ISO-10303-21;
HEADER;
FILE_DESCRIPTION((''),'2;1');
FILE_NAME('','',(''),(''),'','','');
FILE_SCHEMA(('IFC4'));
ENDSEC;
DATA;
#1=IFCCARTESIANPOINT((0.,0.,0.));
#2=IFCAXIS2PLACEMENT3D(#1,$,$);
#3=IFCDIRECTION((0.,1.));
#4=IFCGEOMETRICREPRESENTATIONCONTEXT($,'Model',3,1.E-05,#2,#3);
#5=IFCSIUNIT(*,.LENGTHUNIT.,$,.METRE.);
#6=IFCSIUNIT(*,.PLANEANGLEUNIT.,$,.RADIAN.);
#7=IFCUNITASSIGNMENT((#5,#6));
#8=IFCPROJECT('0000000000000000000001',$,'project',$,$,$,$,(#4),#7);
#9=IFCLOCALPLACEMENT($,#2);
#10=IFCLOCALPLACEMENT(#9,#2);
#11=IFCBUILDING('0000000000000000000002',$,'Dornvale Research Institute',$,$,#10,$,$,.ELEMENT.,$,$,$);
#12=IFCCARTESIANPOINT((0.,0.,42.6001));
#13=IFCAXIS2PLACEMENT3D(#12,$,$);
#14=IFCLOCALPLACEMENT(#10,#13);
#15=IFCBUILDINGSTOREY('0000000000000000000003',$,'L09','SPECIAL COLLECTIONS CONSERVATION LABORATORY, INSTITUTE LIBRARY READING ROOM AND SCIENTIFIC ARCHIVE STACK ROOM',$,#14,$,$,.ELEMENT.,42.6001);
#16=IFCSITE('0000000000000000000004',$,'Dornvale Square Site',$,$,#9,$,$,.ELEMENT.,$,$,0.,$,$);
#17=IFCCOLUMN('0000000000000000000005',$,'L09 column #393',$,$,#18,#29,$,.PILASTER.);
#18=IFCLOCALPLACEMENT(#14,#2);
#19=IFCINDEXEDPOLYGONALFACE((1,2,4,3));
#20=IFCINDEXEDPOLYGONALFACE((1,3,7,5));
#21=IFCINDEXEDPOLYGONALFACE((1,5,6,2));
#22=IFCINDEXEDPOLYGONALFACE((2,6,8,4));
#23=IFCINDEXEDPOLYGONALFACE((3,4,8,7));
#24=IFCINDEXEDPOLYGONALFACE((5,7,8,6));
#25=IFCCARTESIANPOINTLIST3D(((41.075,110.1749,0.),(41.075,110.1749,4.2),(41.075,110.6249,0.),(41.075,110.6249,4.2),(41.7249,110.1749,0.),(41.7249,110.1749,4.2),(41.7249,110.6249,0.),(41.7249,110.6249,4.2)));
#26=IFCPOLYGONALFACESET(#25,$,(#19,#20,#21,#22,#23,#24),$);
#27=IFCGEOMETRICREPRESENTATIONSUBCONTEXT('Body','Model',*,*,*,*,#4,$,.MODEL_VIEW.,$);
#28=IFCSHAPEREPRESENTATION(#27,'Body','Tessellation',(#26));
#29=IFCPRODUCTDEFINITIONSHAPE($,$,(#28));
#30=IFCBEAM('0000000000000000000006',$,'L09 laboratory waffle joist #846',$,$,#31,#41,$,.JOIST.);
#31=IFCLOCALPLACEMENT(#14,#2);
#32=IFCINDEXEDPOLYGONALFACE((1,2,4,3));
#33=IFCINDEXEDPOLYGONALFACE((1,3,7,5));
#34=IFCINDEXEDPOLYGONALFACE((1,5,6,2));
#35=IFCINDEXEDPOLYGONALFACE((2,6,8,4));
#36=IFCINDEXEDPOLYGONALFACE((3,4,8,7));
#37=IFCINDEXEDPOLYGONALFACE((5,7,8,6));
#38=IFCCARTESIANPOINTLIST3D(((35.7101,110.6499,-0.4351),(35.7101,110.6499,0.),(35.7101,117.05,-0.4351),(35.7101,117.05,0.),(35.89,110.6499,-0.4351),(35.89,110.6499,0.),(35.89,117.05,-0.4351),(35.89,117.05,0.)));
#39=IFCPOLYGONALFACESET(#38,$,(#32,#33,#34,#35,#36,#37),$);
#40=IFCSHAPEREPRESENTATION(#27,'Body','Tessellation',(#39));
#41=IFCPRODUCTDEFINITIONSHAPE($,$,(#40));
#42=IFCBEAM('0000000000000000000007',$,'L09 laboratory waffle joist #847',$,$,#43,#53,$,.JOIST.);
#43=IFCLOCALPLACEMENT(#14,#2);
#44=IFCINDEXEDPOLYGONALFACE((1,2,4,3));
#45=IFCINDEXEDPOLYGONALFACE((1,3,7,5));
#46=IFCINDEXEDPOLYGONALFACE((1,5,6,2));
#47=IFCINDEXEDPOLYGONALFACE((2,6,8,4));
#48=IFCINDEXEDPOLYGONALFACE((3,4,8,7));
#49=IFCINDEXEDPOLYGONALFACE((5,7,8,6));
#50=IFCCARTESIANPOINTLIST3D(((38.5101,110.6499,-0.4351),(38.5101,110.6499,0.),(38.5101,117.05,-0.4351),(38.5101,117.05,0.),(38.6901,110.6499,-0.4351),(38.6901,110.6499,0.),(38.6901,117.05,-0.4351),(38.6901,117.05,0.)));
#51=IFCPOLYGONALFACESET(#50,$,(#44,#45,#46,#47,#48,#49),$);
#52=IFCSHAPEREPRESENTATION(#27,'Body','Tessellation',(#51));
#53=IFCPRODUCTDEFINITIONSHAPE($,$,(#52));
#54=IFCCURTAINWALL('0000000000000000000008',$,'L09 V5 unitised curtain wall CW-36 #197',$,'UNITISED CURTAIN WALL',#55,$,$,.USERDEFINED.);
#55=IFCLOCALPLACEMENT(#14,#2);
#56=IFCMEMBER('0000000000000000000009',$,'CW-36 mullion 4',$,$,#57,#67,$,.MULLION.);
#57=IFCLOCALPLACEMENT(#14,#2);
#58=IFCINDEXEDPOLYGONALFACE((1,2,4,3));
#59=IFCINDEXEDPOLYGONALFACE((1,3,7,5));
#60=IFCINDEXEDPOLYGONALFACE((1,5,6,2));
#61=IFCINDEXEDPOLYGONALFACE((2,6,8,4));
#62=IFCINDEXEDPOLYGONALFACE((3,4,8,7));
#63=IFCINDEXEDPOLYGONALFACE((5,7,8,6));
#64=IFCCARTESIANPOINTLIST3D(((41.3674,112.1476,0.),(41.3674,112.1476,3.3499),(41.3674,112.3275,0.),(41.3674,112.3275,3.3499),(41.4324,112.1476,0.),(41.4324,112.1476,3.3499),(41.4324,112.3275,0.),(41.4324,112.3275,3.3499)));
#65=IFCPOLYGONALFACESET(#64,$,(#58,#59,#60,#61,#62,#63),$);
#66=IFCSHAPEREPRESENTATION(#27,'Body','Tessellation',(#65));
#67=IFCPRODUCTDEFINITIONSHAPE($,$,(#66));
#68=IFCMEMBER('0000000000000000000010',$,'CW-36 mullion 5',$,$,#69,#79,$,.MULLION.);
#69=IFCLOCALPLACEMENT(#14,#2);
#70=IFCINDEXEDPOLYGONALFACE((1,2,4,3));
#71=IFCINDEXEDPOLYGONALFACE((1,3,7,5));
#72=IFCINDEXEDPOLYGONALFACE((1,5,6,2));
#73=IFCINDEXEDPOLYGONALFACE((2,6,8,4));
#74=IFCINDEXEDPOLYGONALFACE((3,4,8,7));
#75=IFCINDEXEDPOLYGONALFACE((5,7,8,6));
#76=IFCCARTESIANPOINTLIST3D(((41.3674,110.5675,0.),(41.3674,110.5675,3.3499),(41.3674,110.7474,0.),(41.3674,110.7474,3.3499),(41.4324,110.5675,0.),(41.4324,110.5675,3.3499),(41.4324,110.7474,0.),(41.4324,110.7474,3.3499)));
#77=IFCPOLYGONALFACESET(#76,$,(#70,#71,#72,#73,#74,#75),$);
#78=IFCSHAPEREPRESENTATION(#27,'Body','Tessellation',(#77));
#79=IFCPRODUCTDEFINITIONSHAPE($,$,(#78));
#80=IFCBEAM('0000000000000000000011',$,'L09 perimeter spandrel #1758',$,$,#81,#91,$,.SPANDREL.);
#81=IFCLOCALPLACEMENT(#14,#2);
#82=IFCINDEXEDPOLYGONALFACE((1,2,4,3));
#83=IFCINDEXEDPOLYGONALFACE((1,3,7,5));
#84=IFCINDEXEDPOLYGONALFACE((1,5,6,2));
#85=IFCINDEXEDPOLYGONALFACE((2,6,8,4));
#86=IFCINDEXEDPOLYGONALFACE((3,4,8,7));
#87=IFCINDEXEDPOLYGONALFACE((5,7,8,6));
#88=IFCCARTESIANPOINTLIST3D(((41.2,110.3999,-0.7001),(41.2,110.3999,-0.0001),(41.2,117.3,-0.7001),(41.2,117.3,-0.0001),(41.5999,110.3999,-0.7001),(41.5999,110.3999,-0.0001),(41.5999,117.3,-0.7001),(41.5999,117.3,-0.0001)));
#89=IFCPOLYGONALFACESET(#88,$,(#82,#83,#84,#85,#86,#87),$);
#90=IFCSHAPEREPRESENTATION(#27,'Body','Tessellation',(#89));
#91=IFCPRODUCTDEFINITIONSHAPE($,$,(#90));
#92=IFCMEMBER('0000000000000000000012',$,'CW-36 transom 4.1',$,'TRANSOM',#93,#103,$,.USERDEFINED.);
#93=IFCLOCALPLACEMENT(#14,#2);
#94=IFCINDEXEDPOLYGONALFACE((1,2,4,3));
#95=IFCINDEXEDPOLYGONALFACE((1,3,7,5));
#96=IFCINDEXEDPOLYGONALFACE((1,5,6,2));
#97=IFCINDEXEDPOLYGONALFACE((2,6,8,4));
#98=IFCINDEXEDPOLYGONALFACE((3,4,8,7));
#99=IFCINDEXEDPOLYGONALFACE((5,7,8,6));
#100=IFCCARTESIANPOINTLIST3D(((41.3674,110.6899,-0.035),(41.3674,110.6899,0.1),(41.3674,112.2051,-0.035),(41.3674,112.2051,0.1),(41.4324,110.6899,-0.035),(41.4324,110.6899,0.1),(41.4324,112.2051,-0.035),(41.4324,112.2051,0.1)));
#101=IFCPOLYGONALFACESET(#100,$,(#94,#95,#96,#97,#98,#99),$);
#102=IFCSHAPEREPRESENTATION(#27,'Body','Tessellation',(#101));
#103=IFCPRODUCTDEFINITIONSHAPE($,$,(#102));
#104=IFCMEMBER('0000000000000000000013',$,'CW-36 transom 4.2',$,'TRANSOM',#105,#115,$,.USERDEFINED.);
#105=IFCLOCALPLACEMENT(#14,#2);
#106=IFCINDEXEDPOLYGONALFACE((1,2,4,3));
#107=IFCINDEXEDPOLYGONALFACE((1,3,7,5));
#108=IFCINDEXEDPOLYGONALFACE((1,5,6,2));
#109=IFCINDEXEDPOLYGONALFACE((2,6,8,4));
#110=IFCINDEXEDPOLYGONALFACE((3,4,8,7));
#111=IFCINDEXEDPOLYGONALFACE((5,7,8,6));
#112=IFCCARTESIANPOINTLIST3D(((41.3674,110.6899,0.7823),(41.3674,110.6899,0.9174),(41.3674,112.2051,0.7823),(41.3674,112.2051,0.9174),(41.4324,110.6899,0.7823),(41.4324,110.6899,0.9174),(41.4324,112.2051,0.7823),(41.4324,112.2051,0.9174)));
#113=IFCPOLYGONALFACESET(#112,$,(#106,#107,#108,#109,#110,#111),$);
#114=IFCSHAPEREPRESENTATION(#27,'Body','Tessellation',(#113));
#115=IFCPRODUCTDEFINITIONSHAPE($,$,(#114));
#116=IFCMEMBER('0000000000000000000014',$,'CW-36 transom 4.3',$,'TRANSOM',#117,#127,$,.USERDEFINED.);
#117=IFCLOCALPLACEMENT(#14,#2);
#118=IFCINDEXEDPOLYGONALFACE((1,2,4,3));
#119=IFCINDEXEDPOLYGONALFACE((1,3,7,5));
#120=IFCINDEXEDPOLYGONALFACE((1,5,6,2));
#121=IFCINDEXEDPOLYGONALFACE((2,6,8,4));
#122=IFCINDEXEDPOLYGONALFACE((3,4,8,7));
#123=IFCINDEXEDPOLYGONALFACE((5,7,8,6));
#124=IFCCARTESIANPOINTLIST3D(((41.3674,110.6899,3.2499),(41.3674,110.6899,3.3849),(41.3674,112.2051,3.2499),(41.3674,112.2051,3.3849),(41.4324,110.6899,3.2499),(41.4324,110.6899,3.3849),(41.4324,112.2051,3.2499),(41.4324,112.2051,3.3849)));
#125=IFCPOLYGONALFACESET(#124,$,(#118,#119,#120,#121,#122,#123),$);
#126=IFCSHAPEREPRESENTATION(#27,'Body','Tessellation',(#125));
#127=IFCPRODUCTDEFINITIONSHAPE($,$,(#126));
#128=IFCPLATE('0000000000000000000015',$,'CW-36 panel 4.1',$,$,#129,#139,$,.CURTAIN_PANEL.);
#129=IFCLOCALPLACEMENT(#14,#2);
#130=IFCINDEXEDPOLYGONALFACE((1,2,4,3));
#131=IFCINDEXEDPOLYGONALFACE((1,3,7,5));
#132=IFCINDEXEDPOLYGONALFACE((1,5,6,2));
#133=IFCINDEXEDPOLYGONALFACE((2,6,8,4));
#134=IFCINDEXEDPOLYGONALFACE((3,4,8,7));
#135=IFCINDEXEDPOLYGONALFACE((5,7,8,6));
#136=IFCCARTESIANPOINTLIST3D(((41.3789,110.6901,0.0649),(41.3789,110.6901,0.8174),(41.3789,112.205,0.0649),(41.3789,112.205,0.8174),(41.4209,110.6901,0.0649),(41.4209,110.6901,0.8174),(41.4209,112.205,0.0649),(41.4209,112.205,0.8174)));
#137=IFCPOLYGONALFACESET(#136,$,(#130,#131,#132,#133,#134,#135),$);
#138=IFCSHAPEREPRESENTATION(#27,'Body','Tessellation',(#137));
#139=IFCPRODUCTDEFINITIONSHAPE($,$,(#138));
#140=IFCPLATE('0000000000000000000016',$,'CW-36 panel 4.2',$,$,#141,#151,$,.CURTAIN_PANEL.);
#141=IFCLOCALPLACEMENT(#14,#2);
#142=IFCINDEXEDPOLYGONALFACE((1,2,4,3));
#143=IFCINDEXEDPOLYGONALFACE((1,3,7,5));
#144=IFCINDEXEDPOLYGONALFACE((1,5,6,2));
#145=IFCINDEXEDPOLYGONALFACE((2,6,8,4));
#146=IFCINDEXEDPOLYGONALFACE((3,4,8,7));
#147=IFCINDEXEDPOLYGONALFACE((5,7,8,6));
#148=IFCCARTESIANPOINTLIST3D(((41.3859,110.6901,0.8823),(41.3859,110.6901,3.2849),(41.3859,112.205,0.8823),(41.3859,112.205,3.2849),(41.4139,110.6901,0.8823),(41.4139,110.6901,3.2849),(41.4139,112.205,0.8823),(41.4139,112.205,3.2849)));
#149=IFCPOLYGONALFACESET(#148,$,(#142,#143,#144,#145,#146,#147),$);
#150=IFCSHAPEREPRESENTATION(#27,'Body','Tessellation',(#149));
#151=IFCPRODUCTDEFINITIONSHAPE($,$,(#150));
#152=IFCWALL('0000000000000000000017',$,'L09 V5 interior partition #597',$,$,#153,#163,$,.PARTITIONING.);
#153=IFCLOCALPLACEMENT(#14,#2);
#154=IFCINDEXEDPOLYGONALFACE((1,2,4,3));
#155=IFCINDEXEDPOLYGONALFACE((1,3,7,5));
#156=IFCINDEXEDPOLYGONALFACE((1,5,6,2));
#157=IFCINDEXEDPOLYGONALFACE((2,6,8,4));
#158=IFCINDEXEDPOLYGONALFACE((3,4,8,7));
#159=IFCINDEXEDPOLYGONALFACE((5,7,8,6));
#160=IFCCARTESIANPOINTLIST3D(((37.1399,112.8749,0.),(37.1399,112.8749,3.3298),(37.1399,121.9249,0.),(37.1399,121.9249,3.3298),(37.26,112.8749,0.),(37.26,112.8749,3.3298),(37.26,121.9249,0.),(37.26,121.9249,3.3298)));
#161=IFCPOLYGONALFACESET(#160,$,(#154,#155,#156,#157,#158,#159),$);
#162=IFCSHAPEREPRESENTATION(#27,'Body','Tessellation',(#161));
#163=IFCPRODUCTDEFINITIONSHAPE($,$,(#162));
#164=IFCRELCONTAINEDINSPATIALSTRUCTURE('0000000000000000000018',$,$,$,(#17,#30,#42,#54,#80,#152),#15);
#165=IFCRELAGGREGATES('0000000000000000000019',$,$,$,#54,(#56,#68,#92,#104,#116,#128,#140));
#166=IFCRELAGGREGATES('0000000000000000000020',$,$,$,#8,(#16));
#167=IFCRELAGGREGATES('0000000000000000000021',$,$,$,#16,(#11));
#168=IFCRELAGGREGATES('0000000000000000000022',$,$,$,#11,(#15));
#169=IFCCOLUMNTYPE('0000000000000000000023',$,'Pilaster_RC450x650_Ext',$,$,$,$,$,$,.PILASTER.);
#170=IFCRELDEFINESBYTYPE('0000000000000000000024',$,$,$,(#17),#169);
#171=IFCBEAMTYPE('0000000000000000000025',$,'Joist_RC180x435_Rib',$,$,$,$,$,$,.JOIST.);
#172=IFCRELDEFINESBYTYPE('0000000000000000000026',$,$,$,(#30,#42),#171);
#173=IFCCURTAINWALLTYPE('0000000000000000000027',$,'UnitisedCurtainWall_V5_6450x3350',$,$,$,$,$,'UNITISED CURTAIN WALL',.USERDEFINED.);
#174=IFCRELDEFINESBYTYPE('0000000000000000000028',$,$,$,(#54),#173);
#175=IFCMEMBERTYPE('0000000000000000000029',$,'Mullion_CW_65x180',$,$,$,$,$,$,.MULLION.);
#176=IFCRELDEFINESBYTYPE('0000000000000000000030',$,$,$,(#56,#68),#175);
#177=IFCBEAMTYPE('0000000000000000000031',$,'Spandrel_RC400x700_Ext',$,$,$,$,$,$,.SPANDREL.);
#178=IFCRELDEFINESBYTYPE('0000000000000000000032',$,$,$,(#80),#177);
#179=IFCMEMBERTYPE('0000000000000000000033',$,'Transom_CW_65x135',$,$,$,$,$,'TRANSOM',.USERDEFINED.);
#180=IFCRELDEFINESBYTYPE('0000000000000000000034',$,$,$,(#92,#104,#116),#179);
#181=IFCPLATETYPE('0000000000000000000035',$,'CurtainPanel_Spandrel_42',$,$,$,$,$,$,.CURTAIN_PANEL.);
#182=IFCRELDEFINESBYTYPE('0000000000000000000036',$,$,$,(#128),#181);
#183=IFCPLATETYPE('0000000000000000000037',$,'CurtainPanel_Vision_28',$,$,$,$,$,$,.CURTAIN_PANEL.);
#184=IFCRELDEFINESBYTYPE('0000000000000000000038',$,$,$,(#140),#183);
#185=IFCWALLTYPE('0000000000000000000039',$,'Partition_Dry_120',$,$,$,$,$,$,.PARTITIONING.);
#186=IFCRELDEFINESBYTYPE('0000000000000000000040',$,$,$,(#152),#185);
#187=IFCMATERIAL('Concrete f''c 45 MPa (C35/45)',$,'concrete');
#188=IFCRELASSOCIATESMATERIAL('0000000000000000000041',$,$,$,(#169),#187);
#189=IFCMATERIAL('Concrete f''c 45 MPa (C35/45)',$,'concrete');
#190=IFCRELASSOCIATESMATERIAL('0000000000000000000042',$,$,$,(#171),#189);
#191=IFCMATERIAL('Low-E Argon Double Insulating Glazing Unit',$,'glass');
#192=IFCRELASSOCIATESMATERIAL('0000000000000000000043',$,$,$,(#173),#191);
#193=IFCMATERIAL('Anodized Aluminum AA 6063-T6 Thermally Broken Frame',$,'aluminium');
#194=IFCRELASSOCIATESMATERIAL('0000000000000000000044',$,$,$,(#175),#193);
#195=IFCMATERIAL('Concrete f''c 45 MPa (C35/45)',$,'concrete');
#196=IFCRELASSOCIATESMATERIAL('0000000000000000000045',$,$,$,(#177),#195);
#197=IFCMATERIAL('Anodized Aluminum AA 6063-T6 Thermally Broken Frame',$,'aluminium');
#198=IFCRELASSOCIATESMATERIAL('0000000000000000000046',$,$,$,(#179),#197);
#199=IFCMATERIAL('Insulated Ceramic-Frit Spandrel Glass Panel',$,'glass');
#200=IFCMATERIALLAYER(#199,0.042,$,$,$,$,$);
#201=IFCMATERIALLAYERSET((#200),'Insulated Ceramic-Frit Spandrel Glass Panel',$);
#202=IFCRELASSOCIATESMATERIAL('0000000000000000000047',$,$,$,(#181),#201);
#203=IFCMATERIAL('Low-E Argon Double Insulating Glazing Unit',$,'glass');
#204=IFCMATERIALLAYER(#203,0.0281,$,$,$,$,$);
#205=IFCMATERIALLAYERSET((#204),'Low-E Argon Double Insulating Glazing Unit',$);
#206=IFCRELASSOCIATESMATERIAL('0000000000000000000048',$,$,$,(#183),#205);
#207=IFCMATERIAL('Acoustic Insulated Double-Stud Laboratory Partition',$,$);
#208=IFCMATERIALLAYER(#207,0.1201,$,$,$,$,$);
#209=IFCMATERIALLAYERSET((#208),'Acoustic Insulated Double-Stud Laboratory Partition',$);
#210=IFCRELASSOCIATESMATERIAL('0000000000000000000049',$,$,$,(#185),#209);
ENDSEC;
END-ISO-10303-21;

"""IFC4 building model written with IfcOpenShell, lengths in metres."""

from ifc_helpers import new_model, si_unit, direction, frame, frame_2d, origin, origin_2d, place, context, subcontext, project, spatial, rectangle, extrude, material, layer, layer_set, material_profile, profile_set, type_object, element, aggregate, save


model = new_model("IFC4")

# Units and contexts
model_context = context("Model", 3, precision=1e-05, world=origin(), true_north=direction((0.0, 1.0)))
body_context = subcontext(model_context, "Body", "Model", "MODEL_VIEW")
ifc_project = project(units=[si_unit("LENGTHUNIT", "METRE"), si_unit("PLANEANGLEUNIT", "RADIAN")], contexts=[model_context])

# Site, building, storey
site_placement = place(None, origin())
site = spatial("IfcSite", under=ifc_project, at=site_placement, Name="Dornvale Square Site", CompositionType="ELEMENT", RefElevation=0.0)
building_placement = place(site_placement, origin())
building = spatial("IfcBuilding", under=site, at=building_placement, Name="Dornvale Research Institute", CompositionType="ELEMENT")
storey_placement = place(building_placement, frame((0.0, 0.0, 42.6001)))
storey = spatial("IfcBuildingStorey", under=building, at=storey_placement, Name="L09", Description="SPECIAL COLLECTIONS CONSERVATION LABORATORY, INSTITUTE LIBRARY READING ROOM AND SCIENTIFIC ARCHIVE STACK ROOM", CompositionType="ELEMENT", Elevation=42.6001)

# Column
ifc_material_1 = material(Name="Concrete f'c 45 MPa (C35/45)", Category="concrete")
ifc_material_profile_1 = material_profile(ifc_material_1, rectangle(XDim=0.45, YDim=0.6499, at=origin_2d()), Name="RC 450x650")
ifc_profile_set_1 = profile_set([ifc_material_profile_1], Name="Concrete f'c 45 MPa (C35/45)")
column_type = type_object("IfcColumnType", Name="Pilaster_RC450x650_Ext", PredefinedType="PILASTER", material=ifc_profile_set_1)
column_placement = place(storey_placement, frame((41.3999, 110.3999, 0.0), z_axis=(0.0, 0.0, 1.0), x_axis=(0.0, 1.0, 0.0)))
element("IfcColumn", 1, at=column_placement, inside=storey, type_object=column_type, Name="L09 column #393", PredefinedType="PILASTER", context=body_context, shape_type="SweptSolid", body=[
    extrude(rectangle(XDim=0.45, YDim=0.6499, at=origin_2d()), origin(), (0.0, 0.0, 1.0), 4.2),
])

# Beams
ifc_material_2 = material(Name="Concrete f'c 45 MPa (C35/45)", Category="concrete")
ifc_material_profile_2 = material_profile(ifc_material_2, rectangle(XDim=0.1799, YDim=0.4351, at=origin_2d()), Name="RC 180x435")
ifc_profile_set_2 = profile_set([ifc_material_profile_2], Name="Concrete f'c 45 MPa (C35/45)")
beam_type_1 = type_object("IfcBeamType", Name="Joist_RC180x435_Rib", PredefinedType="JOIST", material=ifc_profile_set_2)
for number, where, z_axis, x_axis, name in (
    (2, (35.8, 110.6499, -0.2175), (0.0, 1.0, 0.0), (-1.0, 0.0, 0.0), "L09 laboratory waffle joist #846"),
    (3, (38.6001, 110.6499, -0.2175), (0.0, 1.0, 0.0), (-1.0, 0.0, 0.0), "L09 laboratory waffle joist #847"),
):
    element("IfcBeam", number, at=place(storey_placement, frame(where, z_axis=z_axis, x_axis=x_axis)), inside=storey, type_object=beam_type_1, Name=name, PredefinedType="JOIST", context=body_context, shape_type="SweptSolid", body=[
        extrude(rectangle(XDim=0.1799, YDim=0.4351, at=origin_2d()), origin(), (0.0, 0.0, 1.0), 6.4001),
    ])

# Curtain wall, members
ifc_material_3 = material(Name="Low-E Argon Double Insulating Glazing Unit", Category="glass")
curtain_wall_type = type_object("IfcCurtainWallType", Name="UnitisedCurtainWall_V5_6450x3350", ElementType="UNITISED CURTAIN WALL", PredefinedType="USERDEFINED", material=ifc_material_3)
curtain_wall_placement = place(storey_placement, origin())
curtain_wall = element("IfcCurtainWall", 4, at=curtain_wall_placement, inside=storey, type_object=curtain_wall_type, Name="L09 V5 unitised curtain wall CW-36 #197", ObjectType="UNITISED CURTAIN WALL", PredefinedType="USERDEFINED")
ifc_material_4 = material(Name="Anodized Aluminum AA 6063-T6 Thermally Broken Frame", Category="aluminium")
ifc_material_profile_3 = material_profile(ifc_material_4, rectangle(XDim=0.0649, YDim=0.1799, at=origin_2d()), Name="ALU MULLION 65x180")
ifc_profile_set_3 = profile_set([ifc_material_profile_3], Name="Anodized Aluminum AA 6063-T6 Thermally Broken Frame")
member_type_1 = type_object("IfcMemberType", Name="Mullion_CW_65x180", PredefinedType="MULLION", material=ifc_profile_set_3)
member_1_placement = place(storey_placement, frame((41.3999, 112.2375, 0.0), z_axis=(0.0, 0.0, 1.0), x_axis=(1.0, 0.0, 0.0)))
member_1 = element("IfcMember", 5, at=member_1_placement, type_object=member_type_1, Name="CW-36 mullion 4", PredefinedType="MULLION", context=body_context, shape_type="SweptSolid", body=[
    extrude(rectangle(XDim=0.0649, YDim=0.1799, at=origin_2d()), origin(), (0.0, 0.0, 1.0), 3.3499),
])
member_2_placement = place(storey_placement, frame((41.3999, 110.6575, 0.0), z_axis=(0.0, 0.0, 1.0), x_axis=(1.0, 0.0, 0.0)))
member_2 = element("IfcMember", 6, at=member_2_placement, type_object=member_type_1, Name="CW-36 mullion 5", PredefinedType="MULLION", context=body_context, shape_type="SweptSolid", body=[
    extrude(rectangle(XDim=0.0649, YDim=0.1799, at=origin_2d()), origin(), (0.0, 0.0, 1.0), 3.3499),
])

# Beam
ifc_material_5 = material(Name="Concrete f'c 45 MPa (C35/45)", Category="concrete")
ifc_material_profile_4 = material_profile(ifc_material_5, rectangle(XDim=0.3999, YDim=0.7, at=origin_2d()), Name="RC 400x700")
ifc_profile_set_4 = profile_set([ifc_material_profile_4], Name="Concrete f'c 45 MPa (C35/45)")
beam_type_2 = type_object("IfcBeamType", Name="Spandrel_RC400x700_Ext", PredefinedType="SPANDREL", material=ifc_profile_set_4)
beam_placement = place(storey_placement, frame((41.3999, 110.3999, -0.3501), z_axis=(0.0, 1.0, 0.0), x_axis=(-1.0, 0.0, 0.0)))
element("IfcBeam", 7, at=beam_placement, inside=storey, type_object=beam_type_2, Name="L09 perimeter spandrel #1758", PredefinedType="SPANDREL", context=body_context, shape_type="SweptSolid", body=[
    extrude(rectangle(XDim=0.3999, YDim=0.7, at=origin_2d()), origin(), (0.0, 0.0, 1.0), 6.9001),
])

# Members
ifc_material_6 = material(Name="Anodized Aluminum AA 6063-T6 Thermally Broken Frame", Category="aluminium")
ifc_material_profile_5 = material_profile(ifc_material_6, rectangle(XDim=0.0649, YDim=0.135, at=origin_2d()), Name="ALU TRANSOM 65x135")
ifc_profile_set_5 = profile_set([ifc_material_profile_5], Name="Anodized Aluminum AA 6063-T6 Thermally Broken Frame")
member_type_2 = type_object("IfcMemberType", Name="Transom_CW_65x135", ElementType="TRANSOM", PredefinedType="USERDEFINED", material=ifc_profile_set_5)
member_3_placement = place(storey_placement, frame((41.3999, 112.2051, 0.0325), z_axis=(0.0, -1.0, 0.0), x_axis=(1.0, 0.0, 0.0)))
member_3 = element("IfcMember", 8, at=member_3_placement, type_object=member_type_2, Name="CW-36 transom 4.1", ObjectType="TRANSOM", PredefinedType="USERDEFINED", context=body_context, shape_type="SweptSolid", body=[
    extrude(rectangle(XDim=0.0649, YDim=0.135, at=origin_2d()), origin(), (0.0, 0.0, 1.0), 1.5151),
])
member_4_placement = place(storey_placement, frame((41.3999, 112.2051, 0.8499), z_axis=(0.0, -1.0, 0.0), x_axis=(1.0, 0.0, 0.0)))
member_4 = element("IfcMember", 9, at=member_4_placement, type_object=member_type_2, Name="CW-36 transom 4.2", ObjectType="TRANSOM", PredefinedType="USERDEFINED", context=body_context, shape_type="SweptSolid", body=[
    extrude(rectangle(XDim=0.0649, YDim=0.135, at=origin_2d()), origin(), (0.0, 0.0, 1.0), 1.5151),
])
member_5_placement = place(storey_placement, frame((41.3999, 112.2051, 3.3174), z_axis=(0.0, -1.0, 0.0), x_axis=(1.0, 0.0, 0.0)))
member_5 = element("IfcMember", 10, at=member_5_placement, type_object=member_type_2, Name="CW-36 transom 4.3", ObjectType="TRANSOM", PredefinedType="USERDEFINED", context=body_context, shape_type="SweptSolid", body=[
    extrude(rectangle(XDim=0.0649, YDim=0.135, at=origin_2d()), origin(), (0.0, 0.0, 1.0), 1.5151),
])

# Plates
ifc_material_7 = material(Name="Insulated Ceramic-Frit Spandrel Glass Panel", Category="glass")
ifc_layer_1 = layer(ifc_material_7, 0.042)
ifc_layer_set_1 = layer_set([ifc_layer_1], Name="Insulated Ceramic-Frit Spandrel Glass Panel")
plate_type_1 = type_object("IfcPlateType", Name="CurtainPanel_Spandrel_42", PredefinedType="CURTAIN_PANEL", material=ifc_layer_set_1)
plate_1_placement = place(storey_placement, frame((41.3999, 111.4475, 0.0649), z_axis=(0.0, 0.0, 1.0), x_axis=(0.0, -1.0, 0.0)))
plate_1 = element("IfcPlate", 11, at=plate_1_placement, type_object=plate_type_1, Name="CW-36 panel 4.1", PredefinedType="CURTAIN_PANEL", context=body_context, shape_type="SweptSolid", body=[
    extrude(rectangle(XDim=1.5149, YDim=0.042, at=origin_2d()), origin(), (0.0, 0.0, 1.0), 0.7524),
])
ifc_material_8 = material(Name="Low-E Argon Double Insulating Glazing Unit", Category="glass")
ifc_layer_2 = layer(ifc_material_8, 0.0281)
ifc_layer_set_2 = layer_set([ifc_layer_2], Name="Low-E Argon Double Insulating Glazing Unit")
plate_type_2 = type_object("IfcPlateType", Name="CurtainPanel_Vision_28", PredefinedType="CURTAIN_PANEL", material=ifc_layer_set_2)
plate_2_placement = place(storey_placement, frame((41.3999, 111.4475, 0.8823), z_axis=(0.0, 0.0, 1.0), x_axis=(0.0, -1.0, 0.0)))
plate_2 = element("IfcPlate", 12, at=plate_2_placement, type_object=plate_type_2, Name="CW-36 panel 4.2", PredefinedType="CURTAIN_PANEL", context=body_context, shape_type="SweptSolid", body=[
    extrude(rectangle(XDim=1.5149, YDim=0.0281, at=origin_2d()), origin(), (0.0, 0.0, 1.0), 2.4026),
])
aggregate(curtain_wall, [member_1, member_2, member_3, member_4, member_5, plate_1, plate_2])

# Wall
ifc_material_9 = material(Name="Acoustic Insulated Double-Stud Laboratory Partition")
ifc_layer_3 = layer(ifc_material_9, 0.1201)
ifc_layer_set_3 = layer_set([ifc_layer_3], Name="Acoustic Insulated Double-Stud Laboratory Partition")
wall_type_1 = type_object("IfcWallType", Name="Partition_Dry_120", PredefinedType="PARTITIONING", material=ifc_layer_set_3)
wall_1_placement = place(storey_placement, frame((37.2, 112.875, 0.0), z_axis=(0.0, 0.0, 1.0), x_axis=(0.0, 1.0, 0.0)))
element("IfcWall", 13, at=wall_1_placement, inside=storey, type_object=wall_type_1, Name="L09 V5 interior partition #597", PredefinedType="PARTITIONING", context=body_context, shape_type="SweptSolid", body=[
    extrude(rectangle(XDim=9.05, YDim=0.1201, at=frame_2d((4.5249, 0.0))), origin(), (0.0, 0.0, 1.0), 3.3298),
])

save(model, "model.ifc")
